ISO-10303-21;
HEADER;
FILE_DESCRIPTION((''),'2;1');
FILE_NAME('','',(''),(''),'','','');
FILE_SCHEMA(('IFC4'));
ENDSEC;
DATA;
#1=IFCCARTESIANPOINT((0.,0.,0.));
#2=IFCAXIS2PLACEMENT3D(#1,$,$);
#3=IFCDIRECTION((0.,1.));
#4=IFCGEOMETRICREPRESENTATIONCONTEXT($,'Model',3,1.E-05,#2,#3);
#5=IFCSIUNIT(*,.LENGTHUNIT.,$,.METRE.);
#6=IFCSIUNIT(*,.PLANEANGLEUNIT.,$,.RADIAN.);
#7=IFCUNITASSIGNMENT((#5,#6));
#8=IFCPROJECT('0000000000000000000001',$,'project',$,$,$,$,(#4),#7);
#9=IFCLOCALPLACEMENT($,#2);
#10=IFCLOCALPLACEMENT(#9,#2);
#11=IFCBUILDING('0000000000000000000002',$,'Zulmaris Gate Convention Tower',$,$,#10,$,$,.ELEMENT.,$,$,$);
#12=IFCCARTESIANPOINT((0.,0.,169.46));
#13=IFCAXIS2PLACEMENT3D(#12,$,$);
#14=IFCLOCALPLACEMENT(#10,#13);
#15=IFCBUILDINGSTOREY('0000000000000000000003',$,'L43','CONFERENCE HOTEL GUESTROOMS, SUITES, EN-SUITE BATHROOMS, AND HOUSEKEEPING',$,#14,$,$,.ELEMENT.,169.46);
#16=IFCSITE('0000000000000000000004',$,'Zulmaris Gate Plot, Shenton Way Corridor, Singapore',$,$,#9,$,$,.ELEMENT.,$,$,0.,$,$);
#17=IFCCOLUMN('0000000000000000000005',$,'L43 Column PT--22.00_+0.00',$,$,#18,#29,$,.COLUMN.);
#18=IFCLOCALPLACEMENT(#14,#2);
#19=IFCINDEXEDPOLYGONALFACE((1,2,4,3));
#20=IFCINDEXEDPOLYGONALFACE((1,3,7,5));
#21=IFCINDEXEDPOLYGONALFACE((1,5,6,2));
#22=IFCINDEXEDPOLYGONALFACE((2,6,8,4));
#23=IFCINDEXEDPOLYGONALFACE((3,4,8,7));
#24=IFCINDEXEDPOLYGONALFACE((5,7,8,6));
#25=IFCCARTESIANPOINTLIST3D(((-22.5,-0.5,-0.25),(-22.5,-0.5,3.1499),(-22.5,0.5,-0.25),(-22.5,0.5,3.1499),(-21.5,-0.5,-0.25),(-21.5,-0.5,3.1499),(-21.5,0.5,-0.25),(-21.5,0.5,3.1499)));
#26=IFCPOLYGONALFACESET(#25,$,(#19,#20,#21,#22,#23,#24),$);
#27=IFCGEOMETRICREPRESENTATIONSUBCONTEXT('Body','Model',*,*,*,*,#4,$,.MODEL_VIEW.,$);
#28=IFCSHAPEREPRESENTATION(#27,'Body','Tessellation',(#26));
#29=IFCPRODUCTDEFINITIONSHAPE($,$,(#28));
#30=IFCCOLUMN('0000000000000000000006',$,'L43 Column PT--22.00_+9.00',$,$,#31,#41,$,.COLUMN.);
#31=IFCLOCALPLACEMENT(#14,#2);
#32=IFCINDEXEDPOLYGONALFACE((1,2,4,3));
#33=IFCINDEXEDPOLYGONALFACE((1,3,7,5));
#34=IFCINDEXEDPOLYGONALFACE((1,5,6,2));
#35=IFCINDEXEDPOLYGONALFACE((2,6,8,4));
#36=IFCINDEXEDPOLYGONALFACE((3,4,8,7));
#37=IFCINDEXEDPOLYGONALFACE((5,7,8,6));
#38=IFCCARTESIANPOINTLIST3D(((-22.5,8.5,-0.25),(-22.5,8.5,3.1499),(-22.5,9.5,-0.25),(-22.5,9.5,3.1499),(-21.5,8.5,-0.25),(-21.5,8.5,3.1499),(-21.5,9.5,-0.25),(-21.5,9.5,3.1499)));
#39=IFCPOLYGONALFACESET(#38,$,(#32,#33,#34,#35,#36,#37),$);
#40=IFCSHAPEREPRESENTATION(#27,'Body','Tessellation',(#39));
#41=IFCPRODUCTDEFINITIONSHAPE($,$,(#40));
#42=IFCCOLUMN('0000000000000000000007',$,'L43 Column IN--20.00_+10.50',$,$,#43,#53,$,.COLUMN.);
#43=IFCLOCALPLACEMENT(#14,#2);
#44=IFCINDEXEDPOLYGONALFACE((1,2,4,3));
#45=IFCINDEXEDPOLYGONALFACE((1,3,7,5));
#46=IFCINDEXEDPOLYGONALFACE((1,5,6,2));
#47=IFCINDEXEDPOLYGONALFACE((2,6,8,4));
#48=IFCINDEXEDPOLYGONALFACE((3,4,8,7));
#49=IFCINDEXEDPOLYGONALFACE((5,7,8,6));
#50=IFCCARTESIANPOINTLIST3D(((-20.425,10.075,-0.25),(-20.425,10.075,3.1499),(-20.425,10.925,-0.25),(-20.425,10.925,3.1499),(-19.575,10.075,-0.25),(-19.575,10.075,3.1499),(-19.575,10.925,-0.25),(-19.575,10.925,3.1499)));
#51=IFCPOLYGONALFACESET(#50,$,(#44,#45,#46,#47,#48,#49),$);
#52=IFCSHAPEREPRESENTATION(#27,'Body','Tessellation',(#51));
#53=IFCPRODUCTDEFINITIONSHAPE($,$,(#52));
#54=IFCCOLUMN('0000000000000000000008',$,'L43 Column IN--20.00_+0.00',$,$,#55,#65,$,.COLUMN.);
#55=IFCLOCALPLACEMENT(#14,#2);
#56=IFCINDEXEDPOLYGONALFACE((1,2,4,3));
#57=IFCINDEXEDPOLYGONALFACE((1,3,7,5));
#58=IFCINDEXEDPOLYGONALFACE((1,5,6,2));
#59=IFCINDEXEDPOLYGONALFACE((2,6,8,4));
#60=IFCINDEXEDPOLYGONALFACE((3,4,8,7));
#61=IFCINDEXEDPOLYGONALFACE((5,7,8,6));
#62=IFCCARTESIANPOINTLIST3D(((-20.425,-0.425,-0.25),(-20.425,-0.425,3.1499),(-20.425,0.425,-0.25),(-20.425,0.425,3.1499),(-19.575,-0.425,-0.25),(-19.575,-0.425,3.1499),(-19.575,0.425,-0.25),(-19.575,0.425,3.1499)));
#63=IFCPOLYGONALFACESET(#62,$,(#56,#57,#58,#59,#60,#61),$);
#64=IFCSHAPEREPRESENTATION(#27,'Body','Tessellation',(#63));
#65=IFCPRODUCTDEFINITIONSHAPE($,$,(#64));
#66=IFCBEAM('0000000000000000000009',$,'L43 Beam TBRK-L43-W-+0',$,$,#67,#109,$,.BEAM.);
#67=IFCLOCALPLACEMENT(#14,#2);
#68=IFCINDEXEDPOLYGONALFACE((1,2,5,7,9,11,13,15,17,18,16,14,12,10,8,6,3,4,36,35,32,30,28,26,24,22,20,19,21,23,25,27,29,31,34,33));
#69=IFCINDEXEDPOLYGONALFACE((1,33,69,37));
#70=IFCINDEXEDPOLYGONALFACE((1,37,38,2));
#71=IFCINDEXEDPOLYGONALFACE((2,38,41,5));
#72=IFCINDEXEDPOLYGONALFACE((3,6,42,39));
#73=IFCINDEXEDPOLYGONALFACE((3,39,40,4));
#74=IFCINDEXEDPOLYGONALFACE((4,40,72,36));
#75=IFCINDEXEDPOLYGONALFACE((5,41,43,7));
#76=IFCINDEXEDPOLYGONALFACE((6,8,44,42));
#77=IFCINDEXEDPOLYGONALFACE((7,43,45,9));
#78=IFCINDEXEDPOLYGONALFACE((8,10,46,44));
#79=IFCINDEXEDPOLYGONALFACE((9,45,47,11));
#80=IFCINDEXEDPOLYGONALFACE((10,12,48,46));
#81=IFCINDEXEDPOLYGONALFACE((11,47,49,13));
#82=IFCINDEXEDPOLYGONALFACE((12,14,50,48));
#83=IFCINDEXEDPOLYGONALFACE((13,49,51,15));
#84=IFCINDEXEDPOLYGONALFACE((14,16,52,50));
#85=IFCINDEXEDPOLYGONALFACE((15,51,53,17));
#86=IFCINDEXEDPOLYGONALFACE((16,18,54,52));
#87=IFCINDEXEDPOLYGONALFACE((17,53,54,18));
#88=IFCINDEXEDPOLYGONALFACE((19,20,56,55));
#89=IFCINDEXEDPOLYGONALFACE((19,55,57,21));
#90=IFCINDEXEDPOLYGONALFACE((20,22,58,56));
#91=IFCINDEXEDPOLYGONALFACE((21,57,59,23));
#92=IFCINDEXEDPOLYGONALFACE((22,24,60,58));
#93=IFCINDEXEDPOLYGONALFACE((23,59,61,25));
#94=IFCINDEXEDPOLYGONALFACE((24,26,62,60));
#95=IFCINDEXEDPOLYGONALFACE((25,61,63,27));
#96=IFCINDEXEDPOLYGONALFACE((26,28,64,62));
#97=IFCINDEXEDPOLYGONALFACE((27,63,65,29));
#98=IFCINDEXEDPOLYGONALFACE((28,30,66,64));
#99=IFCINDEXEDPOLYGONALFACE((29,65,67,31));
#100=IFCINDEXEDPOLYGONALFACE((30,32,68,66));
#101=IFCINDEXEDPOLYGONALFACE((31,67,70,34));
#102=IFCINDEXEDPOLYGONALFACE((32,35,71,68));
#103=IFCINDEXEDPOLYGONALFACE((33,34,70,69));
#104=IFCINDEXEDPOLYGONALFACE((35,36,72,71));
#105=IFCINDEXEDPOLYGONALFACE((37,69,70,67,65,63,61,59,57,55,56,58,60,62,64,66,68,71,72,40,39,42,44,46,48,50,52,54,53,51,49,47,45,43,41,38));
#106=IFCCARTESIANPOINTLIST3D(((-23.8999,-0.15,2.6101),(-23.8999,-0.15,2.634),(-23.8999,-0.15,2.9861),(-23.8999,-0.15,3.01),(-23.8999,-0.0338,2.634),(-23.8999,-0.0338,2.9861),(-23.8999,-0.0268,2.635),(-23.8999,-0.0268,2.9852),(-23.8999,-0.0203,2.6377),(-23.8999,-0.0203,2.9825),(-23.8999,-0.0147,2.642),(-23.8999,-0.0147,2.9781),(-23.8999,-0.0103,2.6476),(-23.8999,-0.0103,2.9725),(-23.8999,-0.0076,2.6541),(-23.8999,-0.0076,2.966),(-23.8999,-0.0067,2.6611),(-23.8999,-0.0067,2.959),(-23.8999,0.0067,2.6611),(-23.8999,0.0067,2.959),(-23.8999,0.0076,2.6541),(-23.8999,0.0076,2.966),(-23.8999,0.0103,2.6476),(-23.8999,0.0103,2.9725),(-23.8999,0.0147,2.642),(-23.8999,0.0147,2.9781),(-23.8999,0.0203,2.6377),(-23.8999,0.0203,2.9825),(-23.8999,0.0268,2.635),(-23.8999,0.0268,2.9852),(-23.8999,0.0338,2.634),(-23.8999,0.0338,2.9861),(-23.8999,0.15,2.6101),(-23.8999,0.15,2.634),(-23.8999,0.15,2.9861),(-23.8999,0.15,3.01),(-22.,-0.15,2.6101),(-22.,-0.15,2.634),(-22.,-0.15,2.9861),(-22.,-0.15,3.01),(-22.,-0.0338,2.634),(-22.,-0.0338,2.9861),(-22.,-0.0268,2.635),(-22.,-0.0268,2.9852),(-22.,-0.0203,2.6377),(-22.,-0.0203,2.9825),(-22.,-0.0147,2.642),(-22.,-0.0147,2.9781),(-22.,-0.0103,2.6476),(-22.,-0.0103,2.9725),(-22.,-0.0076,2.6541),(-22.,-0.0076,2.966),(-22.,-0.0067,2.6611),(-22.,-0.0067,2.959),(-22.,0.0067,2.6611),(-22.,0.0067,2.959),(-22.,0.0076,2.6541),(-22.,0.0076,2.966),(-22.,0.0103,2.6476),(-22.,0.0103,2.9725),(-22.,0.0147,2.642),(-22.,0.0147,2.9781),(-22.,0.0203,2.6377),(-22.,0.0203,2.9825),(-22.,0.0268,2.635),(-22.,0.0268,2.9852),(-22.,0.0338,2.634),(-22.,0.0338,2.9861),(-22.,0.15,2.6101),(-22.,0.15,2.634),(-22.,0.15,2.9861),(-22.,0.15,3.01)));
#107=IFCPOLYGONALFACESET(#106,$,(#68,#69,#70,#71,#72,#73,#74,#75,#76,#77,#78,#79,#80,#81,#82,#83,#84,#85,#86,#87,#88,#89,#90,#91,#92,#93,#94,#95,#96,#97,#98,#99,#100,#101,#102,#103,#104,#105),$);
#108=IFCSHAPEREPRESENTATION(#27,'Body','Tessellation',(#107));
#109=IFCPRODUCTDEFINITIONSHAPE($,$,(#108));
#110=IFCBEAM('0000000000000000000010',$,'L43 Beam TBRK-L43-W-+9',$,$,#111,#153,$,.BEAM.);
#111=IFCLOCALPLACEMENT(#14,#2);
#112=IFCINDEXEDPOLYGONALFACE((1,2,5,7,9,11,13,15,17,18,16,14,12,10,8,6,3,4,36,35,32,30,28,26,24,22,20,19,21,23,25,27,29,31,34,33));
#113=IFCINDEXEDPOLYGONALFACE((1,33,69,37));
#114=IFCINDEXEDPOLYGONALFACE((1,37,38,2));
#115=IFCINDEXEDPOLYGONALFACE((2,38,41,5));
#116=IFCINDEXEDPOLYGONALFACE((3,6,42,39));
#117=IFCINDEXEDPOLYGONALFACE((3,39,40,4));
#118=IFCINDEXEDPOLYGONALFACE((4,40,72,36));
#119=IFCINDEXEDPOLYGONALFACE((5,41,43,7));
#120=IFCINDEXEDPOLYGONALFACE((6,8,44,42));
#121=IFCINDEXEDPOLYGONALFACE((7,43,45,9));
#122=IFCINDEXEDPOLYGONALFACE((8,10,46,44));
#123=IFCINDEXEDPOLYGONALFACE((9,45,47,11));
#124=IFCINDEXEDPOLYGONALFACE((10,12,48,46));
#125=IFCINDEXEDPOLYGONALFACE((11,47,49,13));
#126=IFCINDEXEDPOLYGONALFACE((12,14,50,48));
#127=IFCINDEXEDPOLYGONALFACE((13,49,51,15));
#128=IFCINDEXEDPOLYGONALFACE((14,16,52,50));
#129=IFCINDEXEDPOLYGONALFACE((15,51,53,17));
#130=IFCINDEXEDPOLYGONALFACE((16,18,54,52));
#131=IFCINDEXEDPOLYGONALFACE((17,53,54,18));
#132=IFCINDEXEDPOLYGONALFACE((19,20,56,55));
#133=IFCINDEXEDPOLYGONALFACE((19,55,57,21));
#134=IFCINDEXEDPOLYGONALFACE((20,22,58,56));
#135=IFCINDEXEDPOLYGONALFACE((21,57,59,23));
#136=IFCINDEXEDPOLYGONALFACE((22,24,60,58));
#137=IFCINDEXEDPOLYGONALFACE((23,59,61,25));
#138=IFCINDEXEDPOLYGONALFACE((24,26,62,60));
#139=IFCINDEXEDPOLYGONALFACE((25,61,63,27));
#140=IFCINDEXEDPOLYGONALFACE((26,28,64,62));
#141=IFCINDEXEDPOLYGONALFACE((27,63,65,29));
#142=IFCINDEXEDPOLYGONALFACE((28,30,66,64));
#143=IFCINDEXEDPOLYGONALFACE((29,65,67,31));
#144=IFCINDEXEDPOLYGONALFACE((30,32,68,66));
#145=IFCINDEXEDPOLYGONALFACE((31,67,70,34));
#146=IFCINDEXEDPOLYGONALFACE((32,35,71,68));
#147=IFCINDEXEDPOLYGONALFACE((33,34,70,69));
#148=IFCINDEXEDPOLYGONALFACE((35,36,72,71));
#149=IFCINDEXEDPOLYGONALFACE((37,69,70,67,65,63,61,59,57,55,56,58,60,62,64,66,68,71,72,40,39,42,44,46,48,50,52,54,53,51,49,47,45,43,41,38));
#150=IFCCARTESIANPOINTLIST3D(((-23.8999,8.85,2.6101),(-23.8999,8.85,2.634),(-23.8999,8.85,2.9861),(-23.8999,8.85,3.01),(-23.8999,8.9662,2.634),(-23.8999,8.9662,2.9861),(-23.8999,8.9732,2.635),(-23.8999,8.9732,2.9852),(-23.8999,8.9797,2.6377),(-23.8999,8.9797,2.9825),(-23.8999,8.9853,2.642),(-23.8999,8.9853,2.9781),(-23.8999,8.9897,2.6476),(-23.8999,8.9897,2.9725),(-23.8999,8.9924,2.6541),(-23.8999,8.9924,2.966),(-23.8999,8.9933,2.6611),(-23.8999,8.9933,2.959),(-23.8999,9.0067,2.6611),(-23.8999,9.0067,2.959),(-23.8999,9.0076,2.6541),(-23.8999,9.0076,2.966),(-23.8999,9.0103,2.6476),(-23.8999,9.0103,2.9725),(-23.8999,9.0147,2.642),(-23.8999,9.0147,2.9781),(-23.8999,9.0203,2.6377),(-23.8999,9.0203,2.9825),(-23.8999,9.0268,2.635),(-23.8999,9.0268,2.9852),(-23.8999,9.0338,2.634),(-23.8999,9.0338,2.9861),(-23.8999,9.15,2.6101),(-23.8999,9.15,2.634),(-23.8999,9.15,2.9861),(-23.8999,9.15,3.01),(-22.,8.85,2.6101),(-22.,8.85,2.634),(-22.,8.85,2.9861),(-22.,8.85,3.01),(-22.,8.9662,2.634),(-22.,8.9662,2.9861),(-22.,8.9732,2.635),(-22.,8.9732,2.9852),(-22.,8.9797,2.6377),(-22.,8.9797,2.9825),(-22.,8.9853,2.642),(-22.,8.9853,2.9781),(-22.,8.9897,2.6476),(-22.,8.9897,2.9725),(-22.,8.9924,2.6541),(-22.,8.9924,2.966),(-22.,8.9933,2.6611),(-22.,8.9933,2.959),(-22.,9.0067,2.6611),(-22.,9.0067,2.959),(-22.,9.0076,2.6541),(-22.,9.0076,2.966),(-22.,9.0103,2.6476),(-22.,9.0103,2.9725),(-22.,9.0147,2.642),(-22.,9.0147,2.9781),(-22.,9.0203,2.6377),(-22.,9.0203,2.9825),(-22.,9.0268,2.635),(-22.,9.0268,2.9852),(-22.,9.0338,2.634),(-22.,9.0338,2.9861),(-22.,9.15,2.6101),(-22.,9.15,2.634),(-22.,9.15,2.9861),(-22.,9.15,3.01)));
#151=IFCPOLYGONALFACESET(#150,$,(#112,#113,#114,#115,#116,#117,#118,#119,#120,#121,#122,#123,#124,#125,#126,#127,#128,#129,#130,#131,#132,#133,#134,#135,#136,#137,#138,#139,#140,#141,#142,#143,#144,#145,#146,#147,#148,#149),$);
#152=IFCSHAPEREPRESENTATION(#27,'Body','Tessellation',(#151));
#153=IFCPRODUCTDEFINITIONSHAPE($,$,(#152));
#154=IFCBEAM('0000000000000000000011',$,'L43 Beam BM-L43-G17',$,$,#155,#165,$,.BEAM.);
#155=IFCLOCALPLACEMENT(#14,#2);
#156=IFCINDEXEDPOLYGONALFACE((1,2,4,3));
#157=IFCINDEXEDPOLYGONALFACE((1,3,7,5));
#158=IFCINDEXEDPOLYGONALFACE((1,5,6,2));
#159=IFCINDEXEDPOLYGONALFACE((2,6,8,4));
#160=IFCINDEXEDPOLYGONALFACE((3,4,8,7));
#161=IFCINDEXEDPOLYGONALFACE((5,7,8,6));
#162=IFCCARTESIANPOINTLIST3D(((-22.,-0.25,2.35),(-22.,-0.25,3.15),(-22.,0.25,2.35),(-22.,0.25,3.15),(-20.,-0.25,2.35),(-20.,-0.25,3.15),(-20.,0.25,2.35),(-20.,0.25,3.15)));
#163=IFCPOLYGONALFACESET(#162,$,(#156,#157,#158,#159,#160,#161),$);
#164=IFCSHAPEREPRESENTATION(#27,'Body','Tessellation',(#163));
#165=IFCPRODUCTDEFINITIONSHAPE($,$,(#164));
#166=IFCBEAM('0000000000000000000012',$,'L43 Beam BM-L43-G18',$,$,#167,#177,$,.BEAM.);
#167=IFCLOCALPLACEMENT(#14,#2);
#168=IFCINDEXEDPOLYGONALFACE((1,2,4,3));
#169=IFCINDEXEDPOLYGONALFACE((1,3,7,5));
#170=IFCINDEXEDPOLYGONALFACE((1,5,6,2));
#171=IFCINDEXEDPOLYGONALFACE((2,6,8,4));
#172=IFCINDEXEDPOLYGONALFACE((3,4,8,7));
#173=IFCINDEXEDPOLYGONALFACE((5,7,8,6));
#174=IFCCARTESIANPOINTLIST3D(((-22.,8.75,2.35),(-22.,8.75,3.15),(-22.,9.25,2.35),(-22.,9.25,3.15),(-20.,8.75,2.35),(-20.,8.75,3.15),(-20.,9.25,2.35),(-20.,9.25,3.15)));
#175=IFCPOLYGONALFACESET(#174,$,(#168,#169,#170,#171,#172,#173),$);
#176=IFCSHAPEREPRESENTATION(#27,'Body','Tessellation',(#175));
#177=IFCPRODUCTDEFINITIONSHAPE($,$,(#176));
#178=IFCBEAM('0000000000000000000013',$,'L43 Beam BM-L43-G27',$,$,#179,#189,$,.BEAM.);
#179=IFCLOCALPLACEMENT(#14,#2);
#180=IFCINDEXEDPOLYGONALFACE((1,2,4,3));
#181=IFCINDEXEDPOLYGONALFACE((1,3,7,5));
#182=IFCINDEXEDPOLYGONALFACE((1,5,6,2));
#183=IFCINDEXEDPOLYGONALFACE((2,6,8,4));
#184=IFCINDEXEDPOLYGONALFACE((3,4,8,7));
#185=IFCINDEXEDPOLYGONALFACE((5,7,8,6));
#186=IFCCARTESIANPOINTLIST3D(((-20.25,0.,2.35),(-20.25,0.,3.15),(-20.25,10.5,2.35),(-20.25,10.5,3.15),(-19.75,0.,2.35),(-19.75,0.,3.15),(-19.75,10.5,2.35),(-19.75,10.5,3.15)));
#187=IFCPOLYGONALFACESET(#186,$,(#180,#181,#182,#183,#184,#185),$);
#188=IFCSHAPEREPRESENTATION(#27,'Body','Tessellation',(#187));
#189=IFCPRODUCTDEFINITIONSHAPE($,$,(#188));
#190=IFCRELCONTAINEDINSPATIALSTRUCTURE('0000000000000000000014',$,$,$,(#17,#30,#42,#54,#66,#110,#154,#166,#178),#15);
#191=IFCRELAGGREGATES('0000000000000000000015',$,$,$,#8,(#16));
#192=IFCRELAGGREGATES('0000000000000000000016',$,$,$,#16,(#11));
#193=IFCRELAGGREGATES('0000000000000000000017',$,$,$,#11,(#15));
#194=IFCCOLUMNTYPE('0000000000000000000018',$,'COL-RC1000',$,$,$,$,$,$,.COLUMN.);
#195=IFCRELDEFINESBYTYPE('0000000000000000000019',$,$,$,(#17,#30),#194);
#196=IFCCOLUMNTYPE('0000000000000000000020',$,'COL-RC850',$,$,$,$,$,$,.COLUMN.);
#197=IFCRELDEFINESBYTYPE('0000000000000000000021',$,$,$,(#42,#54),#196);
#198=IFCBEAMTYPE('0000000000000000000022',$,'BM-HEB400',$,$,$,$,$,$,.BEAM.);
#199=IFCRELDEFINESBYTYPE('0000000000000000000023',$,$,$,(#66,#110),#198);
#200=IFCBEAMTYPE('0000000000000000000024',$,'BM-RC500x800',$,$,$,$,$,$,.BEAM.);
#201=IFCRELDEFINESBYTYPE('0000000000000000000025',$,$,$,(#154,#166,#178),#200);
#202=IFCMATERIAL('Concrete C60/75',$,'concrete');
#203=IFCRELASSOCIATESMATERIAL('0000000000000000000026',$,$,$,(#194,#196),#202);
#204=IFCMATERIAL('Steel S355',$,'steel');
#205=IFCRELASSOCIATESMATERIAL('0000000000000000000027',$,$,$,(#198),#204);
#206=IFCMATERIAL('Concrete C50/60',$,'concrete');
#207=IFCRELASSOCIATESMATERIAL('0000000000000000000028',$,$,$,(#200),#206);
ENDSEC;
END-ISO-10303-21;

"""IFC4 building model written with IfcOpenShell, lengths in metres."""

from ifc_helpers import new_model, si_unit, direction, frame, origin, origin_2d, place, context, subcontext, project, spatial, rectangle, i_section, extrude, material, material_profile, profile_set, type_object, element, save


model = new_model("IFC4")

# Units and contexts
model_context = context("Model", 3, precision=1e-05, world=origin(), true_north=direction((0.0, 1.0)))
body_context = subcontext(model_context, "Body", "Model", "MODEL_VIEW")
ifc_project = project(units=[si_unit("LENGTHUNIT", "METRE"), si_unit("PLANEANGLEUNIT", "RADIAN")], contexts=[model_context])

# Site, building, storey
site_placement = place(None, origin())
site = spatial("IfcSite", under=ifc_project, at=site_placement, Name="Zulmaris Gate Plot, Shenton Way Corridor, Singapore", CompositionType="ELEMENT", RefElevation=0.0)
building_placement = place(site_placement, origin())
building = spatial("IfcBuilding", under=site, at=building_placement, Name="Zulmaris Gate Convention Tower", CompositionType="ELEMENT")
storey_placement = place(building_placement, frame((0.0, 0.0, 169.46)))
storey = spatial("IfcBuildingStorey", under=building, at=storey_placement, Name="L43", Description="CONFERENCE HOTEL GUESTROOMS, SUITES, EN-SUITE BATHROOMS, AND HOUSEKEEPING", CompositionType="ELEMENT", Elevation=169.46)

# Columns
ifc_material_1 = material(Name="Concrete C60/75", Category="concrete")
ifc_material_profile_1 = material_profile(ifc_material_1, rectangle(XDim=1.0, YDim=1.0, at=origin_2d()), Name="RC COL 1000x1000")
ifc_profile_set_1 = profile_set([ifc_material_profile_1], Name="Concrete C60/75")
column_type_1 = type_object("IfcColumnType", Name="COL-RC1000", PredefinedType="COLUMN", material=ifc_profile_set_1)
for number, where, z_axis, x_axis, name in (
    (1, (-22.0, 0.0, -0.25), (0.0, 0.0, 1.0), (1.0, 0.0, 0.0), "L43 Column PT--22.00_+0.00"),
    (2, (-22.0, 9.0, -0.25), (0.0, 0.0, 1.0), (1.0, 0.0, 0.0), "L43 Column PT--22.00_+9.00"),
):
    element("IfcColumn", number, at=place(storey_placement, frame(where, z_axis=z_axis, x_axis=x_axis)), inside=storey, type_object=column_type_1, Name=name, PredefinedType="COLUMN", context=body_context, shape_type="SweptSolid", body=[
        extrude(rectangle(XDim=1.0, YDim=1.0, at=origin_2d()), origin(), (0.0, 0.0, 1.0), 3.3999),
    ])
ifc_material_profile_2 = material_profile(ifc_material_1, rectangle(XDim=0.8501, YDim=0.8501, at=origin_2d()), Name="RC COL 850x850")
ifc_profile_set_2 = profile_set([ifc_material_profile_2], Name="Concrete C60/75")
column_type_2 = type_object("IfcColumnType", Name="COL-RC850", PredefinedType="COLUMN", material=ifc_profile_set_2)
for number, where, z_axis, x_axis, name in (
    (3, (-20.0, 10.5, -0.25), (0.0, 0.0, 1.0), (1.0, 0.0, 0.0), "L43 Column IN--20.00_+10.50"),
    (4, (-20.0, 0.0, -0.25), (0.0, 0.0, 1.0), (1.0, 0.0, 0.0), "L43 Column IN--20.00_+0.00"),
):
    element("IfcColumn", number, at=place(storey_placement, frame(where, z_axis=z_axis, x_axis=x_axis)), inside=storey, type_object=column_type_2, Name=name, PredefinedType="COLUMN", context=body_context, shape_type="SweptSolid", body=[
        extrude(rectangle(XDim=0.8501, YDim=0.8501, at=origin_2d()), origin(), (0.0, 0.0, 1.0), 3.3999),
    ])

# Beams
ifc_material_2 = material(Name="Steel S355", Category="steel")
ifc_material_profile_3 = material_profile(ifc_material_2, i_section(OverallWidth=0.3, OverallDepth=0.3999, WebThickness=0.0134, FlangeThickness=0.0239, FilletRadius=0.0271, at=origin_2d()), Name="HEB 400")
ifc_profile_set_3 = profile_set([ifc_material_profile_3], Name="Steel S355")
beam_type_1 = type_object("IfcBeamType", Name="BM-HEB400", PredefinedType="BEAM", material=ifc_profile_set_3)
for number, where, z_axis, x_axis, name in (
    (5, (-23.8999, 0.0, 2.8101), (1.0, 0.0, 0.0), (0.0, 1.0, 0.0), "L43 Beam TBRK-L43-W-+0"),
    (6, (-23.8999, 9.0, 2.8101), (1.0, 0.0, 0.0), (0.0, 1.0, 0.0), "L43 Beam TBRK-L43-W-+9"),
):
    element("IfcBeam", number, at=place(storey_placement, frame(where, z_axis=z_axis, x_axis=x_axis)), inside=storey, type_object=beam_type_1, Name=name, PredefinedType="BEAM", context=body_context, shape_type="SweptSolid", body=[
        extrude(i_section(OverallWidth=0.3, OverallDepth=0.3999, WebThickness=0.0134, FlangeThickness=0.0239, FilletRadius=0.0271, at=origin_2d()), origin(), (0.0, 0.0, 1.0), 1.8999),
    ])
ifc_material_3 = material(Name="Concrete C50/60", Category="concrete")
ifc_material_profile_4 = material_profile(ifc_material_3, rectangle(XDim=0.5, YDim=0.8, at=origin_2d()), Name="RC BEAM 500x800")
ifc_profile_set_4 = profile_set([ifc_material_profile_4], Name="Concrete C50/60")
beam_type_2 = type_object("IfcBeamType", Name="BM-RC500x800", PredefinedType="BEAM", material=ifc_profile_set_4)
for number, where, z_axis, x_axis, name in (
    (7, (-22.0, 0.0, 2.75), (1.0, 0.0, 0.0), (0.0, 1.0, 0.0), "L43 Beam BM-L43-G17"),
    (8, (-22.0, 9.0, 2.75), (1.0, 0.0, 0.0), (0.0, 1.0, 0.0), "L43 Beam BM-L43-G18"),
):
    element("IfcBeam", number, at=place(storey_placement, frame(where, z_axis=z_axis, x_axis=x_axis)), inside=storey, type_object=beam_type_2, Name=name, PredefinedType="BEAM", context=body_context, shape_type="SweptSolid", body=[
        extrude(rectangle(XDim=0.5, YDim=0.8, at=origin_2d()), origin(), (0.0, 0.0, 1.0), 2.0),
    ])
beam_placement = place(storey_placement, frame((-20.0, 0.0, 2.75), z_axis=(0.0, 1.0, 0.0), x_axis=(-1.0, 0.0, 0.0)))
element("IfcBeam", 9, at=beam_placement, inside=storey, type_object=beam_type_2, Name="L43 Beam BM-L43-G27", PredefinedType="BEAM", context=body_context, shape_type="SweptSolid", body=[
    extrude(rectangle(XDim=0.5, YDim=0.8, at=origin_2d()), origin(), (0.0, 0.0, 1.0), 10.5),
])

save(model, "model.ifc")
